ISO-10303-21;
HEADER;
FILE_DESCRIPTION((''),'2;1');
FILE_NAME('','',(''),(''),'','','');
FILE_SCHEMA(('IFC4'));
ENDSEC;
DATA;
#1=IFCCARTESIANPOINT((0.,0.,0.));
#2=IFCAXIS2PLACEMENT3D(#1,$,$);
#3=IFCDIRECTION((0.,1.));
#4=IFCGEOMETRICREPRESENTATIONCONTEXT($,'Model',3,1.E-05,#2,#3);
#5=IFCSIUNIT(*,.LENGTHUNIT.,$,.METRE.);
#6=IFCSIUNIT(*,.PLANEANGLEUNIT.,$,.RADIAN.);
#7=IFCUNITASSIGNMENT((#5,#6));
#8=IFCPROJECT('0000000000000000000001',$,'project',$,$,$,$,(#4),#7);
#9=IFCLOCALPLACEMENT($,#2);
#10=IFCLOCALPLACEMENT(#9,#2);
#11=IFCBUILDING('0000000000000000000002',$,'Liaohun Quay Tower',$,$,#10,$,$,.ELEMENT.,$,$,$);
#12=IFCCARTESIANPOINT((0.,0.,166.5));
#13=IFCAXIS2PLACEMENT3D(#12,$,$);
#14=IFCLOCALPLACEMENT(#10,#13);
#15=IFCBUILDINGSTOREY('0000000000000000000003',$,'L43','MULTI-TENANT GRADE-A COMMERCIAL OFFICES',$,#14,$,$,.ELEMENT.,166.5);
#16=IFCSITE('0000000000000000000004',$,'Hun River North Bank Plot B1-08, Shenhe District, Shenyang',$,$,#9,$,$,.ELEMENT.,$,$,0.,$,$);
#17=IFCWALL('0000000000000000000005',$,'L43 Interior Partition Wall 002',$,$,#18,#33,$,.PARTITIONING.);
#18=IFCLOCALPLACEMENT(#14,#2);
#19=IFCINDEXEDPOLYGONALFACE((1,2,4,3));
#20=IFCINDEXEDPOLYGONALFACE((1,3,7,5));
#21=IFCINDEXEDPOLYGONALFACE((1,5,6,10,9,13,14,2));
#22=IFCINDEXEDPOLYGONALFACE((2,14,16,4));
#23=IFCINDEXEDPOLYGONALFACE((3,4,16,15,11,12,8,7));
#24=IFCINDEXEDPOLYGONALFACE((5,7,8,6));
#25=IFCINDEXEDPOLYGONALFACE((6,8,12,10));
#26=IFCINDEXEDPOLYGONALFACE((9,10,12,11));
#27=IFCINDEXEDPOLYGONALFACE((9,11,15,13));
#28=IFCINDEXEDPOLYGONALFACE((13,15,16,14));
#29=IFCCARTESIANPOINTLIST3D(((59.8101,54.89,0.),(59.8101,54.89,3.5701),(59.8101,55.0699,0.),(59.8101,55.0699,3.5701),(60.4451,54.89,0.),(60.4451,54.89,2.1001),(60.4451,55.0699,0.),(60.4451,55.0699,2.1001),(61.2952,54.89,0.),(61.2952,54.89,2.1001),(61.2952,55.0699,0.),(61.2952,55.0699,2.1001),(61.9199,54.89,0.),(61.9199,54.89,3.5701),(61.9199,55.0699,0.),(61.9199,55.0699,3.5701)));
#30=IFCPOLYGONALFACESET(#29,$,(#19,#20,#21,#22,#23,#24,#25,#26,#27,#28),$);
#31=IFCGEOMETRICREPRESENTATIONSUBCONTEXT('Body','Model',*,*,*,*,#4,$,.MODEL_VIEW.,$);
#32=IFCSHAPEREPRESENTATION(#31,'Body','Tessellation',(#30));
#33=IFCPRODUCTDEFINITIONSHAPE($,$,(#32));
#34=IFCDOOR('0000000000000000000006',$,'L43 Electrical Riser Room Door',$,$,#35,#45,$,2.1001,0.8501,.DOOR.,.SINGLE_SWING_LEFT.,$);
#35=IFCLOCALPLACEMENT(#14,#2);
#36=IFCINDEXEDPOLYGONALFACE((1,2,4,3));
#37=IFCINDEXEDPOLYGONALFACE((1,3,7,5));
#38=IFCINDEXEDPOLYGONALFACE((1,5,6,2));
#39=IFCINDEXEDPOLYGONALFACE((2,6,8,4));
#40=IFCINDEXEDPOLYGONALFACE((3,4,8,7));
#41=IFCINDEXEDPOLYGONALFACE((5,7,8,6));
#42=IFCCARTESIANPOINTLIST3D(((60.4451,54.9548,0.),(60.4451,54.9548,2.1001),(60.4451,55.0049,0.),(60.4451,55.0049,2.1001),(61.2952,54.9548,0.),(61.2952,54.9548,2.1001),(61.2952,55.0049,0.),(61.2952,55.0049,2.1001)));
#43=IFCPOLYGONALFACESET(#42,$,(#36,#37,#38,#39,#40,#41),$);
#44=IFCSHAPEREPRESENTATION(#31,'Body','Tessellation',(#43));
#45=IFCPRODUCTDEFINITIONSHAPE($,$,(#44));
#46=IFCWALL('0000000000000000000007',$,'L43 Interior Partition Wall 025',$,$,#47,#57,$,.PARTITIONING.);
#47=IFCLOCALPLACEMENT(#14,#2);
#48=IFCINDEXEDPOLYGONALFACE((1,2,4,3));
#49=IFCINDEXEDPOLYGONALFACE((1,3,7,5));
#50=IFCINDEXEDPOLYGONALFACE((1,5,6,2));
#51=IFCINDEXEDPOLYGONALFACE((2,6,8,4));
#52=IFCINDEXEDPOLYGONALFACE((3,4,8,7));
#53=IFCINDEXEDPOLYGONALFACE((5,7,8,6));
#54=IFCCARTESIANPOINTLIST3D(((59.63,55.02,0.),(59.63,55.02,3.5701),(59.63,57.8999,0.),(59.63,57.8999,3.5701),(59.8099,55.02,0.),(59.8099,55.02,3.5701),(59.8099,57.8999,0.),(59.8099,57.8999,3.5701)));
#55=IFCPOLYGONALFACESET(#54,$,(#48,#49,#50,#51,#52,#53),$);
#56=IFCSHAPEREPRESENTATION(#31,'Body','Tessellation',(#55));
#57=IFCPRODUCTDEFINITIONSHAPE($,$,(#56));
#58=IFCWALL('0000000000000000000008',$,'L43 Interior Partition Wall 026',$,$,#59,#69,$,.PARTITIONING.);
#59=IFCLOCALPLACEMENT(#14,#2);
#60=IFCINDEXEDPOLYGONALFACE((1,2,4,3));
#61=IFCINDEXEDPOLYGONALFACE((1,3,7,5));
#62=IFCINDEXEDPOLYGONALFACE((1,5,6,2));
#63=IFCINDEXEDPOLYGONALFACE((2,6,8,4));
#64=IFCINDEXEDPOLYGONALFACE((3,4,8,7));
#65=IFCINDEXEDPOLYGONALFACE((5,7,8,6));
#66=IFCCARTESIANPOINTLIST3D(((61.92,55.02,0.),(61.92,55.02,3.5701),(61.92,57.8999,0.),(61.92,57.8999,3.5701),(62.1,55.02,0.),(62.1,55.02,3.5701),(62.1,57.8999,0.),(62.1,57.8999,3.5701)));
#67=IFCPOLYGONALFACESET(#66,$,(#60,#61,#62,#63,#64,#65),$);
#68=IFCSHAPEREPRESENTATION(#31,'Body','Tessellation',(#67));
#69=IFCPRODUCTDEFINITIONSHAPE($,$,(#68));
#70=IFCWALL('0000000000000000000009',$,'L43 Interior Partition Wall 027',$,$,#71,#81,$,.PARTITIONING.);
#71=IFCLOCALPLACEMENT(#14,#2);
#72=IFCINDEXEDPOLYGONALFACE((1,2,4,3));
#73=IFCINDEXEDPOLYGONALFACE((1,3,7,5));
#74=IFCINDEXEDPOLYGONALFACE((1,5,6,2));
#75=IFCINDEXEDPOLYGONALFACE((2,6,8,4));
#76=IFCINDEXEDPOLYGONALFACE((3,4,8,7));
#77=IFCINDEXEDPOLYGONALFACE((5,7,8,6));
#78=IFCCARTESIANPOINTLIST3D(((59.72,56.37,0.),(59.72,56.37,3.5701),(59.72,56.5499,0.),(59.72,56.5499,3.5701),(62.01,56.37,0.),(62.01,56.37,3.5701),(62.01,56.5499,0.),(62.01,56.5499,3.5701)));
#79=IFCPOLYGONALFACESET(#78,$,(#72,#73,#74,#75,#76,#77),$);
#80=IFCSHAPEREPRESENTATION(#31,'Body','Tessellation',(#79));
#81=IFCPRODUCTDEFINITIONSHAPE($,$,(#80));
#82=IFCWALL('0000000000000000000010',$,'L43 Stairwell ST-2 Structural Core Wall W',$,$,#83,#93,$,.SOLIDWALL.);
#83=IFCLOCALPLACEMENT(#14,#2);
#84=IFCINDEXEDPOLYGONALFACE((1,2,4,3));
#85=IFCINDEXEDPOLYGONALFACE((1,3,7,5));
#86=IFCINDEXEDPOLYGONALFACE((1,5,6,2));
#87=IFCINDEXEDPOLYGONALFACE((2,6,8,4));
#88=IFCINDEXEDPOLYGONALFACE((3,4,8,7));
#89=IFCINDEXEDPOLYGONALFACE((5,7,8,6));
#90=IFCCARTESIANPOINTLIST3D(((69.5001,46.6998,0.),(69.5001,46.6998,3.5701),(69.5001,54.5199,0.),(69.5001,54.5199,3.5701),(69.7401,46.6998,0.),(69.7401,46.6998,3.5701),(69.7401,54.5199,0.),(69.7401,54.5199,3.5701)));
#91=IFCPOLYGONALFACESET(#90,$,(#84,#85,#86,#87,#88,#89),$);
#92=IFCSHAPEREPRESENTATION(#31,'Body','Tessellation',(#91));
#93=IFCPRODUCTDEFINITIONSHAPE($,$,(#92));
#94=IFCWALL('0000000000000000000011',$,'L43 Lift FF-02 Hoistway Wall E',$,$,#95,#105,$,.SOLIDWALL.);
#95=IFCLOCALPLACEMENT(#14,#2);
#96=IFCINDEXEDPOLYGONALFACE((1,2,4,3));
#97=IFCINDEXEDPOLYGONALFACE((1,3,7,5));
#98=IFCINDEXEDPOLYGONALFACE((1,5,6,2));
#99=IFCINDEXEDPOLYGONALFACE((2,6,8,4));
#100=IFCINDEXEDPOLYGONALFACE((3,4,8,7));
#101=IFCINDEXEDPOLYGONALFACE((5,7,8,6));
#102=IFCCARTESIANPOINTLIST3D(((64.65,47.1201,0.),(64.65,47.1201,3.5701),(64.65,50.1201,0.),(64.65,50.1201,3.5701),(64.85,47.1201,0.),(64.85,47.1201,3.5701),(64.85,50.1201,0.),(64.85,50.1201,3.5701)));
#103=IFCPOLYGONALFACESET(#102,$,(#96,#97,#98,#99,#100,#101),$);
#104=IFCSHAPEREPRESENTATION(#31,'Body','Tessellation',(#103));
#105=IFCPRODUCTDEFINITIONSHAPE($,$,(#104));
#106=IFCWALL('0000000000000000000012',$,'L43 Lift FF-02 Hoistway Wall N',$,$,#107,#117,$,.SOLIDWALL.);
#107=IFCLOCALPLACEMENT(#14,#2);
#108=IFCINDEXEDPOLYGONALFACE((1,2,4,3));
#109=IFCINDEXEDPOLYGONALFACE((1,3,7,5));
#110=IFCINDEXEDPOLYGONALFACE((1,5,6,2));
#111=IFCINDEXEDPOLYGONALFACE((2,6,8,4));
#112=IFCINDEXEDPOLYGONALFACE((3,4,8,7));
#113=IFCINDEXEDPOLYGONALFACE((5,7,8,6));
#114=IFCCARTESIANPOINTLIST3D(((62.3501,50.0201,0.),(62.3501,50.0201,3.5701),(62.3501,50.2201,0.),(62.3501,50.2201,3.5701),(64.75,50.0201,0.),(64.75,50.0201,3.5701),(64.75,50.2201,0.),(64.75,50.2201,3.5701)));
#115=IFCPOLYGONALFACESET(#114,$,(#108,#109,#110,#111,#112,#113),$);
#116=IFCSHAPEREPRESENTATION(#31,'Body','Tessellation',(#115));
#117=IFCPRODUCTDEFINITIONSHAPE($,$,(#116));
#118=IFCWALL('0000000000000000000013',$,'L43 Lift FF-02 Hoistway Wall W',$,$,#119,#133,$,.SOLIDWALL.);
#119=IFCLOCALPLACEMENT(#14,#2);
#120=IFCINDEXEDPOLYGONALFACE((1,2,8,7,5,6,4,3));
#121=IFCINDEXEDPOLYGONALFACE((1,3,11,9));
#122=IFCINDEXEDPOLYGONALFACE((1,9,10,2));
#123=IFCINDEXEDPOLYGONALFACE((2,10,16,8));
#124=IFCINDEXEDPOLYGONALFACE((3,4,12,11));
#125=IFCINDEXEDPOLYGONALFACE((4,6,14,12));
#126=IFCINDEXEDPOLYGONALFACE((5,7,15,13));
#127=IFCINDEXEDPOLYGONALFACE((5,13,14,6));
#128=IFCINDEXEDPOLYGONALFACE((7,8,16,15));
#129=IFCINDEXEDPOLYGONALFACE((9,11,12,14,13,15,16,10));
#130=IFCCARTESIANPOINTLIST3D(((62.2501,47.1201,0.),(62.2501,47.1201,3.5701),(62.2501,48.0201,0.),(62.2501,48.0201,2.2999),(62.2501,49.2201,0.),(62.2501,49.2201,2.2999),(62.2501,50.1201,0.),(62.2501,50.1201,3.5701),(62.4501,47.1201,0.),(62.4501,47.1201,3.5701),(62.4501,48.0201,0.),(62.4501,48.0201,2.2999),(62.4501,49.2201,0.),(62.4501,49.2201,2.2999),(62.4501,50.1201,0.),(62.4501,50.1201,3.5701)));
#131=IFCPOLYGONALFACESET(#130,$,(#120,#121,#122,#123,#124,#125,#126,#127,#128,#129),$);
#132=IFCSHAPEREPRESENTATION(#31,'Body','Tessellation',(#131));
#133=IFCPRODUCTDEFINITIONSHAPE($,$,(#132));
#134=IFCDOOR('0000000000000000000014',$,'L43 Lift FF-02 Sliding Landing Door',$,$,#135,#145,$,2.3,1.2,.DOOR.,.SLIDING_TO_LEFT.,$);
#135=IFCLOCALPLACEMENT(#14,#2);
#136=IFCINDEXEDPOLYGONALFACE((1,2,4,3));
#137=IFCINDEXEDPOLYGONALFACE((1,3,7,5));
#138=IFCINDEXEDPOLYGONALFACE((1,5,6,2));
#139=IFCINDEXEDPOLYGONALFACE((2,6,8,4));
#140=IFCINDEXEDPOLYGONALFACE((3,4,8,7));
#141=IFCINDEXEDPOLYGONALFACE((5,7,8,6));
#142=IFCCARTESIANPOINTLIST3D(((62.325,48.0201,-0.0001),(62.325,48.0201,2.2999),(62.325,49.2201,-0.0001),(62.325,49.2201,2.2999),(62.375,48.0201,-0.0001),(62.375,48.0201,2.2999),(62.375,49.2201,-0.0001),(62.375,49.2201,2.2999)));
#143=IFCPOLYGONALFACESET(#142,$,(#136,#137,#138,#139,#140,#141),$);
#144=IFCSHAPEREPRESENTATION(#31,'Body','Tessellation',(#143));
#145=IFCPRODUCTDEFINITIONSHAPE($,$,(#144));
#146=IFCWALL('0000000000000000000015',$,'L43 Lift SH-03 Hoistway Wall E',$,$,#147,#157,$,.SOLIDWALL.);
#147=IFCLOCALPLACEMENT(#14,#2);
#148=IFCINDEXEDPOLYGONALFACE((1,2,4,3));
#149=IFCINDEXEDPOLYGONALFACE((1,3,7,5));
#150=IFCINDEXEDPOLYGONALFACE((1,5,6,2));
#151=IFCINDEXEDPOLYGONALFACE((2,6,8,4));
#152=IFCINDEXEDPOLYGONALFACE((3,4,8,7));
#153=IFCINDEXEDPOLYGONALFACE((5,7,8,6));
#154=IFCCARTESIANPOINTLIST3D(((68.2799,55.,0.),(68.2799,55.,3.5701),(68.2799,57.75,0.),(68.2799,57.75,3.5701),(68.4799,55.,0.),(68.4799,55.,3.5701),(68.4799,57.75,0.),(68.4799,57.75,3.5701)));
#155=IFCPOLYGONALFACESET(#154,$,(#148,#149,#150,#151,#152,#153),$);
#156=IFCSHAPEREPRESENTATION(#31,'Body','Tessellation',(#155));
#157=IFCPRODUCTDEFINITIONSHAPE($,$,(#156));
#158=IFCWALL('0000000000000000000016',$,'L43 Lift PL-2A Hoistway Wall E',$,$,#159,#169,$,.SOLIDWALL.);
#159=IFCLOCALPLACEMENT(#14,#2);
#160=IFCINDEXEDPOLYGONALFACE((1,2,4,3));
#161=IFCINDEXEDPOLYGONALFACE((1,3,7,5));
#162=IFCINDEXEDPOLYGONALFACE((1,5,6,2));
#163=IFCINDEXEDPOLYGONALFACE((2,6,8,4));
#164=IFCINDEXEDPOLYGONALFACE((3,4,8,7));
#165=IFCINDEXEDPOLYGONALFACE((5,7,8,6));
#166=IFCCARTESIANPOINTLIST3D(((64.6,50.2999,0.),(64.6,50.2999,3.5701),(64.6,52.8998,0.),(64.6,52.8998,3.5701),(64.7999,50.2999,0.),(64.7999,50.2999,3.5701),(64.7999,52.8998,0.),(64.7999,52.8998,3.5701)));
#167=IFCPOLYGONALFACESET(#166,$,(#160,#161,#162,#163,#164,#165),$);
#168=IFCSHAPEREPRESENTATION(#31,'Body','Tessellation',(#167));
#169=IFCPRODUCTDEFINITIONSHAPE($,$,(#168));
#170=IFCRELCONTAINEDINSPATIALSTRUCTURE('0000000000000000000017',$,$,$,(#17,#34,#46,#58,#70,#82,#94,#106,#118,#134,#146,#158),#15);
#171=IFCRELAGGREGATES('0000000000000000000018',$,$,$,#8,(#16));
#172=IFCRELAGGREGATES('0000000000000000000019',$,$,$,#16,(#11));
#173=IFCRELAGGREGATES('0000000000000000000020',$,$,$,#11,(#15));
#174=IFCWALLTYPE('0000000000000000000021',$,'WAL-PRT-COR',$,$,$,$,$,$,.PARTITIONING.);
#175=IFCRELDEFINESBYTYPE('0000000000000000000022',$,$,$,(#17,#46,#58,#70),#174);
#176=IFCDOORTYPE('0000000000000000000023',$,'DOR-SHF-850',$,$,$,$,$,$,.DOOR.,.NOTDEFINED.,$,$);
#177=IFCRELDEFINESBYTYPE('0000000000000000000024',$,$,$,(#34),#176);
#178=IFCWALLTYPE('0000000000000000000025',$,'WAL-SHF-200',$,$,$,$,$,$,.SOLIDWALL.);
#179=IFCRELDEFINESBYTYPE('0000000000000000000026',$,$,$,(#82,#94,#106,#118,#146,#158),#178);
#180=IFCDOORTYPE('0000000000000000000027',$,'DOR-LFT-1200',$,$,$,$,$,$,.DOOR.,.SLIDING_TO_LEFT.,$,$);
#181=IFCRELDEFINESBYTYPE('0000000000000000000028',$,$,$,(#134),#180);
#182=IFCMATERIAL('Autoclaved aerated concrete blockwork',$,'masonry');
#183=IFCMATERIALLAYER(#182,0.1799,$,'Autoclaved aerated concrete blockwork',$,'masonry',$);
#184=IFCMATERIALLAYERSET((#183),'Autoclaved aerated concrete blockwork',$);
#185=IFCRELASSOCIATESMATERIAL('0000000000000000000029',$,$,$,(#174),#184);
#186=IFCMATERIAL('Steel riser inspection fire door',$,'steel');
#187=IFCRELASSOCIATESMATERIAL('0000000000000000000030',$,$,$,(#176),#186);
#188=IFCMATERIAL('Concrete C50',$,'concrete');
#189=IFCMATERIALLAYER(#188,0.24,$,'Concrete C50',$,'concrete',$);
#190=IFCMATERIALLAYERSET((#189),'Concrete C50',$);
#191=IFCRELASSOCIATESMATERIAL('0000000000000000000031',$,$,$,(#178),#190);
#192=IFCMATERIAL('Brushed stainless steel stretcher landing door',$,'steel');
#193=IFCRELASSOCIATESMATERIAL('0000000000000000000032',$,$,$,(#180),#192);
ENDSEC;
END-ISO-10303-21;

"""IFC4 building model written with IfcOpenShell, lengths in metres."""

from ifc_helpers import new_model, si_unit, direction, frame, frame_2d, origin, place, context, subcontext, project, spatial, rectangle, extrude, source, transform, mapped, material, layer, layer_set, type_object, element, fill, save


model = new_model("IFC4")

# Units and contexts
model_context = context("Model", 3, precision=1e-05, world=origin(), true_north=direction((0.0, 1.0)))
body_context = subcontext(model_context, "Body", "Model", "MODEL_VIEW")
ifc_project = project(units=[si_unit("LENGTHUNIT", "METRE"), si_unit("PLANEANGLEUNIT", "RADIAN")], contexts=[model_context])

# Site, building, storey
site_placement = place(None, origin())
site = spatial("IfcSite", under=ifc_project, at=site_placement, Name="Hun River North Bank Plot B1-08, Shenhe District, Shenyang", CompositionType="ELEMENT", RefElevation=0.0)
building_placement = place(site_placement, origin())
building = spatial("IfcBuilding", under=site, at=building_placement, Name="Liaohun Quay Tower", CompositionType="ELEMENT")
storey_placement = place(building_placement, frame((0.0, 0.0, 166.5)))
storey = spatial("IfcBuildingStorey", under=building, at=storey_placement, Name="L43", Description="MULTI-TENANT GRADE-A COMMERCIAL OFFICES", CompositionType="ELEMENT", Elevation=166.5)

# Wall, opening, door
ifc_material_1 = material(Name="Autoclaved aerated concrete blockwork", Category="masonry")
ifc_layer_1 = layer(ifc_material_1, 0.1799, Name="Autoclaved aerated concrete blockwork", Category="masonry")
ifc_layer_set_1 = layer_set([ifc_layer_1], Name="Autoclaved aerated concrete blockwork")
wall_type_1 = type_object("IfcWallType", Name="WAL-PRT-COR", PredefinedType="PARTITIONING", material=ifc_layer_set_1)
wall_1_placement = place(storey_placement, frame((59.8101, 54.98, 0.0), z_axis=(0.0, 0.0, 1.0), x_axis=(1.0, 0.0, 0.0)))
wall_1 = element("IfcWall", 1, at=wall_1_placement, inside=storey, type_object=wall_type_1, Name="L43 Interior Partition Wall 002", PredefinedType="PARTITIONING", context=body_context, shape_type="SweptSolid", body=[
    extrude(rectangle(XDim=2.1099, YDim=0.1799, at=frame_2d((1.0549, 0.0))), origin(), (0.0, 0.0, 1.0), 3.5701),
])
shared_shape_1 = source(origin(), body_context, "Body", "SweptSolid", [
    extrude(rectangle(XDim=0.8501, YDim=2.1001, at=frame_2d((0.425, 1.05))), frame((0.0, 0.0999, 0.0), z_axis=(0.0, -1.0, 0.0), x_axis=(1.0, 0.0, 0.0)), (0.0, 0.0, 1.0), 0.2),
])
opening_1_placement = place(wall_1_placement, frame((0.635, 0.0, 0.0)))
opening_1 = element("IfcOpeningElement", 2, at=opening_1_placement, cuts=wall_1, PredefinedType="OPENING", context=body_context, shape_type="MappedRepresentation", body=[
    mapped(shared_shape_1, transform((0.0, 0.0, 0.0), x_axis=(1.0, 0.0, 0.0), y_axis=(0.0, 1.0, 0.0), z_axis=(0.0, 0.0, 1.0), scale=1.0)),
])
ifc_material_2 = material(Name="Steel riser inspection fire door", Category="steel")
door_type_1 = type_object("IfcDoorType", Name="DOR-SHF-850", OperationType="NOTDEFINED", PredefinedType="DOOR", material=ifc_material_2)
shared_shape_2 = source(origin(), body_context, "Body", "SweptSolid", [
    extrude(rectangle(XDim=0.8501, YDim=2.1001, at=frame_2d((0.425, 1.05))), frame((0.0, 0.0249, 0.0), z_axis=(0.0, -1.0, 0.0), x_axis=(1.0, 0.0, 0.0)), (0.0, 0.0, 1.0), 0.05),
])
door_1_placement = place(opening_1_placement, origin())
door_1 = element("IfcDoor", 3, at=door_1_placement, inside=storey, type_object=door_type_1, Name="L43 Electrical Riser Room Door", OperationType="SINGLE_SWING_LEFT", OverallHeight=2.1001, OverallWidth=0.8501, PredefinedType="DOOR", context=body_context, shape_type="MappedRepresentation", body=[
    mapped(shared_shape_2, transform((0.0, 0.0, 0.0), x_axis=(1.0, 0.0, 0.0), y_axis=(0.0, 1.0, 0.0), z_axis=(0.0, 0.0, 1.0), scale=1.0)),
])
fill(opening_1, door_1)

# Walls
for number, where, z_axis, x_axis, name in (
    (4, (59.72, 55.02, 0.0), (0.0, 0.0, 1.0), (0.0, 1.0, 0.0), "L43 Interior Partition Wall 025"),
    (5, (62.01, 55.02, 0.0), (0.0, 0.0, 1.0), (0.0, 1.0, 0.0), "L43 Interior Partition Wall 026"),
):
    element("IfcWall", number, at=place(storey_placement, frame(where, z_axis=z_axis, x_axis=x_axis)), inside=storey, type_object=wall_type_1, Name=name, PredefinedType="PARTITIONING", context=body_context, shape_type="SweptSolid", body=[
        extrude(rectangle(XDim=2.8799, YDim=0.1799, at=frame_2d((1.4399, 0.0))), origin(), (0.0, 0.0, 1.0), 3.5701),
    ])
wall_2_placement = place(storey_placement, frame((59.72, 56.46, 0.0), z_axis=(0.0, 0.0, 1.0), x_axis=(1.0, 0.0, 0.0)))
element("IfcWall", 6, at=wall_2_placement, inside=storey, type_object=wall_type_1, Name="L43 Interior Partition Wall 027", PredefinedType="PARTITIONING", context=body_context, shape_type="SweptSolid", body=[
    extrude(rectangle(XDim=2.29, YDim=0.1799, at=frame_2d((1.145, 0.0))), origin(), (0.0, 0.0, 1.0), 3.5701),
])
ifc_material_3 = material(Name="Concrete C50", Category="concrete")
ifc_layer_2 = layer(ifc_material_3, 0.24, Name="Concrete C50", Category="concrete")
ifc_layer_set_2 = layer_set([ifc_layer_2], Name="Concrete C50")
wall_type_2 = type_object("IfcWallType", Name="WAL-SHF-200", PredefinedType="SOLIDWALL", material=ifc_layer_set_2)
wall_3_placement = place(storey_placement, frame((69.6201, 54.52, 0.0), z_axis=(0.0, 0.0, 1.0), x_axis=(0.0, -1.0, 0.0)))
element("IfcWall", 7, at=wall_3_placement, inside=storey, type_object=wall_type_2, Name="L43 Stairwell ST-2 Structural Core Wall W", PredefinedType="SOLIDWALL", context=body_context, shape_type="SweptSolid", body=[
    extrude(rectangle(XDim=7.8201, YDim=0.24, at=frame_2d((3.9102, 0.0))), origin(), (0.0, 0.0, 1.0), 3.5701),
])
wall_4_placement = place(storey_placement, frame((64.75, 47.1201, 0.0), z_axis=(0.0, 0.0, 1.0), x_axis=(0.0, 1.0, 0.0)))
element("IfcWall", 8, at=wall_4_placement, inside=storey, type_object=wall_type_2, Name="L43 Lift FF-02 Hoistway Wall E", PredefinedType="SOLIDWALL", context=body_context, shape_type="SweptSolid", body=[
    extrude(rectangle(XDim=3.0, YDim=0.2, at=frame_2d((1.5, 0.0))), origin(), (0.0, 0.0, 1.0), 3.5701),
])
wall_5_placement = place(storey_placement, frame((64.75, 50.1201, 0.0), z_axis=(0.0, 0.0, 1.0), x_axis=(-1.0, 0.0, 0.0)))
element("IfcWall", 9, at=wall_5_placement, inside=storey, type_object=wall_type_2, Name="L43 Lift FF-02 Hoistway Wall N", PredefinedType="SOLIDWALL", context=body_context, shape_type="SweptSolid", body=[
    extrude(rectangle(XDim=2.3999, YDim=0.2, at=frame_2d((1.2, 0.0))), origin(), (0.0, 0.0, 1.0), 3.5701),
])

# Wall, opening, door
wall_6_placement = place(storey_placement, frame((62.3501, 50.1201, 0.0), z_axis=(0.0, 0.0, 1.0), x_axis=(0.0, -1.0, 0.0)))
wall_6 = element("IfcWall", 10, at=wall_6_placement, inside=storey, type_object=wall_type_2, Name="L43 Lift FF-02 Hoistway Wall W", PredefinedType="SOLIDWALL", context=body_context, shape_type="SweptSolid", body=[
    extrude(rectangle(XDim=3.0, YDim=0.2, at=frame_2d((1.5, 0.0))), origin(), (0.0, 0.0, 1.0), 3.5701),
])
shared_shape_3 = source(origin(), body_context, "Body", "SweptSolid", [
    extrude(rectangle(XDim=1.2, YDim=2.3, at=frame_2d((0.6001, 1.1499))), frame((0.0, 0.1099, 0.0), z_axis=(0.0, -1.0, 0.0), x_axis=(1.0, 0.0, 0.0)), (0.0, 0.0, 1.0), 0.22),
])
opening_2_placement = place(wall_6_placement, frame((0.8999, 0.0, 0.0)))
opening_2 = element("IfcOpeningElement", 11, at=opening_2_placement, cuts=wall_6, PredefinedType="OPENING", context=body_context, shape_type="MappedRepresentation", body=[
    mapped(shared_shape_3, transform((0.0, 0.0, 0.0), x_axis=(1.0, 0.0, 0.0), y_axis=(0.0, 1.0, 0.0), z_axis=(0.0, 0.0, 1.0), scale=1.0)),
])
ifc_material_4 = material(Name="Brushed stainless steel stretcher landing door", Category="steel")
door_type_2 = type_object("IfcDoorType", Name="DOR-LFT-1200", OperationType="SLIDING_TO_LEFT", PredefinedType="DOOR", material=ifc_material_4)
shared_shape_4 = source(origin(), body_context, "Body", "SweptSolid", [
    extrude(rectangle(XDim=1.2, YDim=2.3, at=frame_2d((0.6001, 1.1499))), frame((0.0, 0.0249, 0.0), z_axis=(0.0, -1.0, 0.0), x_axis=(1.0, 0.0, 0.0)), (0.0, 0.0, 1.0), 0.05),
])
door_2_placement = place(opening_2_placement, origin())
door_2 = element("IfcDoor", 12, at=door_2_placement, inside=storey, type_object=door_type_2, Name="L43 Lift FF-02 Sliding Landing Door", OperationType="SLIDING_TO_LEFT", OverallHeight=2.3, OverallWidth=1.2, PredefinedType="DOOR", context=body_context, shape_type="MappedRepresentation", body=[
    mapped(shared_shape_4, transform((0.0, 0.0, 0.0), x_axis=(1.0, 0.0, 0.0), y_axis=(0.0, 1.0, 0.0), z_axis=(0.0, 0.0, 1.0), scale=1.0)),
])
fill(opening_2, door_2)

# Walls
wall_7_placement = place(storey_placement, frame((68.3799, 55.0, 0.0), z_axis=(0.0, 0.0, 1.0), x_axis=(0.0, 1.0, 0.0)))
element("IfcWall", 13, at=wall_7_placement, inside=storey, type_object=wall_type_2, Name="L43 Lift SH-03 Hoistway Wall E", PredefinedType="SOLIDWALL", context=body_context, shape_type="SweptSolid", body=[
    extrude(rectangle(XDim=2.75, YDim=0.2, at=frame_2d((1.375, 0.0))), origin(), (0.0, 0.0, 1.0), 3.5701),
])
wall_8_placement = place(storey_placement, frame((64.7, 50.3, 0.0), z_axis=(0.0, 0.0, 1.0), x_axis=(0.0, 1.0, 0.0)))
element("IfcWall", 14, at=wall_8_placement, inside=storey, type_object=wall_type_2, Name="L43 Lift PL-2A Hoistway Wall E", PredefinedType="SOLIDWALL", context=body_context, shape_type="SweptSolid", body=[
    extrude(rectangle(XDim=2.5999, YDim=0.2, at=frame_2d((1.2998, 0.0))), origin(), (0.0, 0.0, 1.0), 3.5701),
])

save(model, "model.ifc")
